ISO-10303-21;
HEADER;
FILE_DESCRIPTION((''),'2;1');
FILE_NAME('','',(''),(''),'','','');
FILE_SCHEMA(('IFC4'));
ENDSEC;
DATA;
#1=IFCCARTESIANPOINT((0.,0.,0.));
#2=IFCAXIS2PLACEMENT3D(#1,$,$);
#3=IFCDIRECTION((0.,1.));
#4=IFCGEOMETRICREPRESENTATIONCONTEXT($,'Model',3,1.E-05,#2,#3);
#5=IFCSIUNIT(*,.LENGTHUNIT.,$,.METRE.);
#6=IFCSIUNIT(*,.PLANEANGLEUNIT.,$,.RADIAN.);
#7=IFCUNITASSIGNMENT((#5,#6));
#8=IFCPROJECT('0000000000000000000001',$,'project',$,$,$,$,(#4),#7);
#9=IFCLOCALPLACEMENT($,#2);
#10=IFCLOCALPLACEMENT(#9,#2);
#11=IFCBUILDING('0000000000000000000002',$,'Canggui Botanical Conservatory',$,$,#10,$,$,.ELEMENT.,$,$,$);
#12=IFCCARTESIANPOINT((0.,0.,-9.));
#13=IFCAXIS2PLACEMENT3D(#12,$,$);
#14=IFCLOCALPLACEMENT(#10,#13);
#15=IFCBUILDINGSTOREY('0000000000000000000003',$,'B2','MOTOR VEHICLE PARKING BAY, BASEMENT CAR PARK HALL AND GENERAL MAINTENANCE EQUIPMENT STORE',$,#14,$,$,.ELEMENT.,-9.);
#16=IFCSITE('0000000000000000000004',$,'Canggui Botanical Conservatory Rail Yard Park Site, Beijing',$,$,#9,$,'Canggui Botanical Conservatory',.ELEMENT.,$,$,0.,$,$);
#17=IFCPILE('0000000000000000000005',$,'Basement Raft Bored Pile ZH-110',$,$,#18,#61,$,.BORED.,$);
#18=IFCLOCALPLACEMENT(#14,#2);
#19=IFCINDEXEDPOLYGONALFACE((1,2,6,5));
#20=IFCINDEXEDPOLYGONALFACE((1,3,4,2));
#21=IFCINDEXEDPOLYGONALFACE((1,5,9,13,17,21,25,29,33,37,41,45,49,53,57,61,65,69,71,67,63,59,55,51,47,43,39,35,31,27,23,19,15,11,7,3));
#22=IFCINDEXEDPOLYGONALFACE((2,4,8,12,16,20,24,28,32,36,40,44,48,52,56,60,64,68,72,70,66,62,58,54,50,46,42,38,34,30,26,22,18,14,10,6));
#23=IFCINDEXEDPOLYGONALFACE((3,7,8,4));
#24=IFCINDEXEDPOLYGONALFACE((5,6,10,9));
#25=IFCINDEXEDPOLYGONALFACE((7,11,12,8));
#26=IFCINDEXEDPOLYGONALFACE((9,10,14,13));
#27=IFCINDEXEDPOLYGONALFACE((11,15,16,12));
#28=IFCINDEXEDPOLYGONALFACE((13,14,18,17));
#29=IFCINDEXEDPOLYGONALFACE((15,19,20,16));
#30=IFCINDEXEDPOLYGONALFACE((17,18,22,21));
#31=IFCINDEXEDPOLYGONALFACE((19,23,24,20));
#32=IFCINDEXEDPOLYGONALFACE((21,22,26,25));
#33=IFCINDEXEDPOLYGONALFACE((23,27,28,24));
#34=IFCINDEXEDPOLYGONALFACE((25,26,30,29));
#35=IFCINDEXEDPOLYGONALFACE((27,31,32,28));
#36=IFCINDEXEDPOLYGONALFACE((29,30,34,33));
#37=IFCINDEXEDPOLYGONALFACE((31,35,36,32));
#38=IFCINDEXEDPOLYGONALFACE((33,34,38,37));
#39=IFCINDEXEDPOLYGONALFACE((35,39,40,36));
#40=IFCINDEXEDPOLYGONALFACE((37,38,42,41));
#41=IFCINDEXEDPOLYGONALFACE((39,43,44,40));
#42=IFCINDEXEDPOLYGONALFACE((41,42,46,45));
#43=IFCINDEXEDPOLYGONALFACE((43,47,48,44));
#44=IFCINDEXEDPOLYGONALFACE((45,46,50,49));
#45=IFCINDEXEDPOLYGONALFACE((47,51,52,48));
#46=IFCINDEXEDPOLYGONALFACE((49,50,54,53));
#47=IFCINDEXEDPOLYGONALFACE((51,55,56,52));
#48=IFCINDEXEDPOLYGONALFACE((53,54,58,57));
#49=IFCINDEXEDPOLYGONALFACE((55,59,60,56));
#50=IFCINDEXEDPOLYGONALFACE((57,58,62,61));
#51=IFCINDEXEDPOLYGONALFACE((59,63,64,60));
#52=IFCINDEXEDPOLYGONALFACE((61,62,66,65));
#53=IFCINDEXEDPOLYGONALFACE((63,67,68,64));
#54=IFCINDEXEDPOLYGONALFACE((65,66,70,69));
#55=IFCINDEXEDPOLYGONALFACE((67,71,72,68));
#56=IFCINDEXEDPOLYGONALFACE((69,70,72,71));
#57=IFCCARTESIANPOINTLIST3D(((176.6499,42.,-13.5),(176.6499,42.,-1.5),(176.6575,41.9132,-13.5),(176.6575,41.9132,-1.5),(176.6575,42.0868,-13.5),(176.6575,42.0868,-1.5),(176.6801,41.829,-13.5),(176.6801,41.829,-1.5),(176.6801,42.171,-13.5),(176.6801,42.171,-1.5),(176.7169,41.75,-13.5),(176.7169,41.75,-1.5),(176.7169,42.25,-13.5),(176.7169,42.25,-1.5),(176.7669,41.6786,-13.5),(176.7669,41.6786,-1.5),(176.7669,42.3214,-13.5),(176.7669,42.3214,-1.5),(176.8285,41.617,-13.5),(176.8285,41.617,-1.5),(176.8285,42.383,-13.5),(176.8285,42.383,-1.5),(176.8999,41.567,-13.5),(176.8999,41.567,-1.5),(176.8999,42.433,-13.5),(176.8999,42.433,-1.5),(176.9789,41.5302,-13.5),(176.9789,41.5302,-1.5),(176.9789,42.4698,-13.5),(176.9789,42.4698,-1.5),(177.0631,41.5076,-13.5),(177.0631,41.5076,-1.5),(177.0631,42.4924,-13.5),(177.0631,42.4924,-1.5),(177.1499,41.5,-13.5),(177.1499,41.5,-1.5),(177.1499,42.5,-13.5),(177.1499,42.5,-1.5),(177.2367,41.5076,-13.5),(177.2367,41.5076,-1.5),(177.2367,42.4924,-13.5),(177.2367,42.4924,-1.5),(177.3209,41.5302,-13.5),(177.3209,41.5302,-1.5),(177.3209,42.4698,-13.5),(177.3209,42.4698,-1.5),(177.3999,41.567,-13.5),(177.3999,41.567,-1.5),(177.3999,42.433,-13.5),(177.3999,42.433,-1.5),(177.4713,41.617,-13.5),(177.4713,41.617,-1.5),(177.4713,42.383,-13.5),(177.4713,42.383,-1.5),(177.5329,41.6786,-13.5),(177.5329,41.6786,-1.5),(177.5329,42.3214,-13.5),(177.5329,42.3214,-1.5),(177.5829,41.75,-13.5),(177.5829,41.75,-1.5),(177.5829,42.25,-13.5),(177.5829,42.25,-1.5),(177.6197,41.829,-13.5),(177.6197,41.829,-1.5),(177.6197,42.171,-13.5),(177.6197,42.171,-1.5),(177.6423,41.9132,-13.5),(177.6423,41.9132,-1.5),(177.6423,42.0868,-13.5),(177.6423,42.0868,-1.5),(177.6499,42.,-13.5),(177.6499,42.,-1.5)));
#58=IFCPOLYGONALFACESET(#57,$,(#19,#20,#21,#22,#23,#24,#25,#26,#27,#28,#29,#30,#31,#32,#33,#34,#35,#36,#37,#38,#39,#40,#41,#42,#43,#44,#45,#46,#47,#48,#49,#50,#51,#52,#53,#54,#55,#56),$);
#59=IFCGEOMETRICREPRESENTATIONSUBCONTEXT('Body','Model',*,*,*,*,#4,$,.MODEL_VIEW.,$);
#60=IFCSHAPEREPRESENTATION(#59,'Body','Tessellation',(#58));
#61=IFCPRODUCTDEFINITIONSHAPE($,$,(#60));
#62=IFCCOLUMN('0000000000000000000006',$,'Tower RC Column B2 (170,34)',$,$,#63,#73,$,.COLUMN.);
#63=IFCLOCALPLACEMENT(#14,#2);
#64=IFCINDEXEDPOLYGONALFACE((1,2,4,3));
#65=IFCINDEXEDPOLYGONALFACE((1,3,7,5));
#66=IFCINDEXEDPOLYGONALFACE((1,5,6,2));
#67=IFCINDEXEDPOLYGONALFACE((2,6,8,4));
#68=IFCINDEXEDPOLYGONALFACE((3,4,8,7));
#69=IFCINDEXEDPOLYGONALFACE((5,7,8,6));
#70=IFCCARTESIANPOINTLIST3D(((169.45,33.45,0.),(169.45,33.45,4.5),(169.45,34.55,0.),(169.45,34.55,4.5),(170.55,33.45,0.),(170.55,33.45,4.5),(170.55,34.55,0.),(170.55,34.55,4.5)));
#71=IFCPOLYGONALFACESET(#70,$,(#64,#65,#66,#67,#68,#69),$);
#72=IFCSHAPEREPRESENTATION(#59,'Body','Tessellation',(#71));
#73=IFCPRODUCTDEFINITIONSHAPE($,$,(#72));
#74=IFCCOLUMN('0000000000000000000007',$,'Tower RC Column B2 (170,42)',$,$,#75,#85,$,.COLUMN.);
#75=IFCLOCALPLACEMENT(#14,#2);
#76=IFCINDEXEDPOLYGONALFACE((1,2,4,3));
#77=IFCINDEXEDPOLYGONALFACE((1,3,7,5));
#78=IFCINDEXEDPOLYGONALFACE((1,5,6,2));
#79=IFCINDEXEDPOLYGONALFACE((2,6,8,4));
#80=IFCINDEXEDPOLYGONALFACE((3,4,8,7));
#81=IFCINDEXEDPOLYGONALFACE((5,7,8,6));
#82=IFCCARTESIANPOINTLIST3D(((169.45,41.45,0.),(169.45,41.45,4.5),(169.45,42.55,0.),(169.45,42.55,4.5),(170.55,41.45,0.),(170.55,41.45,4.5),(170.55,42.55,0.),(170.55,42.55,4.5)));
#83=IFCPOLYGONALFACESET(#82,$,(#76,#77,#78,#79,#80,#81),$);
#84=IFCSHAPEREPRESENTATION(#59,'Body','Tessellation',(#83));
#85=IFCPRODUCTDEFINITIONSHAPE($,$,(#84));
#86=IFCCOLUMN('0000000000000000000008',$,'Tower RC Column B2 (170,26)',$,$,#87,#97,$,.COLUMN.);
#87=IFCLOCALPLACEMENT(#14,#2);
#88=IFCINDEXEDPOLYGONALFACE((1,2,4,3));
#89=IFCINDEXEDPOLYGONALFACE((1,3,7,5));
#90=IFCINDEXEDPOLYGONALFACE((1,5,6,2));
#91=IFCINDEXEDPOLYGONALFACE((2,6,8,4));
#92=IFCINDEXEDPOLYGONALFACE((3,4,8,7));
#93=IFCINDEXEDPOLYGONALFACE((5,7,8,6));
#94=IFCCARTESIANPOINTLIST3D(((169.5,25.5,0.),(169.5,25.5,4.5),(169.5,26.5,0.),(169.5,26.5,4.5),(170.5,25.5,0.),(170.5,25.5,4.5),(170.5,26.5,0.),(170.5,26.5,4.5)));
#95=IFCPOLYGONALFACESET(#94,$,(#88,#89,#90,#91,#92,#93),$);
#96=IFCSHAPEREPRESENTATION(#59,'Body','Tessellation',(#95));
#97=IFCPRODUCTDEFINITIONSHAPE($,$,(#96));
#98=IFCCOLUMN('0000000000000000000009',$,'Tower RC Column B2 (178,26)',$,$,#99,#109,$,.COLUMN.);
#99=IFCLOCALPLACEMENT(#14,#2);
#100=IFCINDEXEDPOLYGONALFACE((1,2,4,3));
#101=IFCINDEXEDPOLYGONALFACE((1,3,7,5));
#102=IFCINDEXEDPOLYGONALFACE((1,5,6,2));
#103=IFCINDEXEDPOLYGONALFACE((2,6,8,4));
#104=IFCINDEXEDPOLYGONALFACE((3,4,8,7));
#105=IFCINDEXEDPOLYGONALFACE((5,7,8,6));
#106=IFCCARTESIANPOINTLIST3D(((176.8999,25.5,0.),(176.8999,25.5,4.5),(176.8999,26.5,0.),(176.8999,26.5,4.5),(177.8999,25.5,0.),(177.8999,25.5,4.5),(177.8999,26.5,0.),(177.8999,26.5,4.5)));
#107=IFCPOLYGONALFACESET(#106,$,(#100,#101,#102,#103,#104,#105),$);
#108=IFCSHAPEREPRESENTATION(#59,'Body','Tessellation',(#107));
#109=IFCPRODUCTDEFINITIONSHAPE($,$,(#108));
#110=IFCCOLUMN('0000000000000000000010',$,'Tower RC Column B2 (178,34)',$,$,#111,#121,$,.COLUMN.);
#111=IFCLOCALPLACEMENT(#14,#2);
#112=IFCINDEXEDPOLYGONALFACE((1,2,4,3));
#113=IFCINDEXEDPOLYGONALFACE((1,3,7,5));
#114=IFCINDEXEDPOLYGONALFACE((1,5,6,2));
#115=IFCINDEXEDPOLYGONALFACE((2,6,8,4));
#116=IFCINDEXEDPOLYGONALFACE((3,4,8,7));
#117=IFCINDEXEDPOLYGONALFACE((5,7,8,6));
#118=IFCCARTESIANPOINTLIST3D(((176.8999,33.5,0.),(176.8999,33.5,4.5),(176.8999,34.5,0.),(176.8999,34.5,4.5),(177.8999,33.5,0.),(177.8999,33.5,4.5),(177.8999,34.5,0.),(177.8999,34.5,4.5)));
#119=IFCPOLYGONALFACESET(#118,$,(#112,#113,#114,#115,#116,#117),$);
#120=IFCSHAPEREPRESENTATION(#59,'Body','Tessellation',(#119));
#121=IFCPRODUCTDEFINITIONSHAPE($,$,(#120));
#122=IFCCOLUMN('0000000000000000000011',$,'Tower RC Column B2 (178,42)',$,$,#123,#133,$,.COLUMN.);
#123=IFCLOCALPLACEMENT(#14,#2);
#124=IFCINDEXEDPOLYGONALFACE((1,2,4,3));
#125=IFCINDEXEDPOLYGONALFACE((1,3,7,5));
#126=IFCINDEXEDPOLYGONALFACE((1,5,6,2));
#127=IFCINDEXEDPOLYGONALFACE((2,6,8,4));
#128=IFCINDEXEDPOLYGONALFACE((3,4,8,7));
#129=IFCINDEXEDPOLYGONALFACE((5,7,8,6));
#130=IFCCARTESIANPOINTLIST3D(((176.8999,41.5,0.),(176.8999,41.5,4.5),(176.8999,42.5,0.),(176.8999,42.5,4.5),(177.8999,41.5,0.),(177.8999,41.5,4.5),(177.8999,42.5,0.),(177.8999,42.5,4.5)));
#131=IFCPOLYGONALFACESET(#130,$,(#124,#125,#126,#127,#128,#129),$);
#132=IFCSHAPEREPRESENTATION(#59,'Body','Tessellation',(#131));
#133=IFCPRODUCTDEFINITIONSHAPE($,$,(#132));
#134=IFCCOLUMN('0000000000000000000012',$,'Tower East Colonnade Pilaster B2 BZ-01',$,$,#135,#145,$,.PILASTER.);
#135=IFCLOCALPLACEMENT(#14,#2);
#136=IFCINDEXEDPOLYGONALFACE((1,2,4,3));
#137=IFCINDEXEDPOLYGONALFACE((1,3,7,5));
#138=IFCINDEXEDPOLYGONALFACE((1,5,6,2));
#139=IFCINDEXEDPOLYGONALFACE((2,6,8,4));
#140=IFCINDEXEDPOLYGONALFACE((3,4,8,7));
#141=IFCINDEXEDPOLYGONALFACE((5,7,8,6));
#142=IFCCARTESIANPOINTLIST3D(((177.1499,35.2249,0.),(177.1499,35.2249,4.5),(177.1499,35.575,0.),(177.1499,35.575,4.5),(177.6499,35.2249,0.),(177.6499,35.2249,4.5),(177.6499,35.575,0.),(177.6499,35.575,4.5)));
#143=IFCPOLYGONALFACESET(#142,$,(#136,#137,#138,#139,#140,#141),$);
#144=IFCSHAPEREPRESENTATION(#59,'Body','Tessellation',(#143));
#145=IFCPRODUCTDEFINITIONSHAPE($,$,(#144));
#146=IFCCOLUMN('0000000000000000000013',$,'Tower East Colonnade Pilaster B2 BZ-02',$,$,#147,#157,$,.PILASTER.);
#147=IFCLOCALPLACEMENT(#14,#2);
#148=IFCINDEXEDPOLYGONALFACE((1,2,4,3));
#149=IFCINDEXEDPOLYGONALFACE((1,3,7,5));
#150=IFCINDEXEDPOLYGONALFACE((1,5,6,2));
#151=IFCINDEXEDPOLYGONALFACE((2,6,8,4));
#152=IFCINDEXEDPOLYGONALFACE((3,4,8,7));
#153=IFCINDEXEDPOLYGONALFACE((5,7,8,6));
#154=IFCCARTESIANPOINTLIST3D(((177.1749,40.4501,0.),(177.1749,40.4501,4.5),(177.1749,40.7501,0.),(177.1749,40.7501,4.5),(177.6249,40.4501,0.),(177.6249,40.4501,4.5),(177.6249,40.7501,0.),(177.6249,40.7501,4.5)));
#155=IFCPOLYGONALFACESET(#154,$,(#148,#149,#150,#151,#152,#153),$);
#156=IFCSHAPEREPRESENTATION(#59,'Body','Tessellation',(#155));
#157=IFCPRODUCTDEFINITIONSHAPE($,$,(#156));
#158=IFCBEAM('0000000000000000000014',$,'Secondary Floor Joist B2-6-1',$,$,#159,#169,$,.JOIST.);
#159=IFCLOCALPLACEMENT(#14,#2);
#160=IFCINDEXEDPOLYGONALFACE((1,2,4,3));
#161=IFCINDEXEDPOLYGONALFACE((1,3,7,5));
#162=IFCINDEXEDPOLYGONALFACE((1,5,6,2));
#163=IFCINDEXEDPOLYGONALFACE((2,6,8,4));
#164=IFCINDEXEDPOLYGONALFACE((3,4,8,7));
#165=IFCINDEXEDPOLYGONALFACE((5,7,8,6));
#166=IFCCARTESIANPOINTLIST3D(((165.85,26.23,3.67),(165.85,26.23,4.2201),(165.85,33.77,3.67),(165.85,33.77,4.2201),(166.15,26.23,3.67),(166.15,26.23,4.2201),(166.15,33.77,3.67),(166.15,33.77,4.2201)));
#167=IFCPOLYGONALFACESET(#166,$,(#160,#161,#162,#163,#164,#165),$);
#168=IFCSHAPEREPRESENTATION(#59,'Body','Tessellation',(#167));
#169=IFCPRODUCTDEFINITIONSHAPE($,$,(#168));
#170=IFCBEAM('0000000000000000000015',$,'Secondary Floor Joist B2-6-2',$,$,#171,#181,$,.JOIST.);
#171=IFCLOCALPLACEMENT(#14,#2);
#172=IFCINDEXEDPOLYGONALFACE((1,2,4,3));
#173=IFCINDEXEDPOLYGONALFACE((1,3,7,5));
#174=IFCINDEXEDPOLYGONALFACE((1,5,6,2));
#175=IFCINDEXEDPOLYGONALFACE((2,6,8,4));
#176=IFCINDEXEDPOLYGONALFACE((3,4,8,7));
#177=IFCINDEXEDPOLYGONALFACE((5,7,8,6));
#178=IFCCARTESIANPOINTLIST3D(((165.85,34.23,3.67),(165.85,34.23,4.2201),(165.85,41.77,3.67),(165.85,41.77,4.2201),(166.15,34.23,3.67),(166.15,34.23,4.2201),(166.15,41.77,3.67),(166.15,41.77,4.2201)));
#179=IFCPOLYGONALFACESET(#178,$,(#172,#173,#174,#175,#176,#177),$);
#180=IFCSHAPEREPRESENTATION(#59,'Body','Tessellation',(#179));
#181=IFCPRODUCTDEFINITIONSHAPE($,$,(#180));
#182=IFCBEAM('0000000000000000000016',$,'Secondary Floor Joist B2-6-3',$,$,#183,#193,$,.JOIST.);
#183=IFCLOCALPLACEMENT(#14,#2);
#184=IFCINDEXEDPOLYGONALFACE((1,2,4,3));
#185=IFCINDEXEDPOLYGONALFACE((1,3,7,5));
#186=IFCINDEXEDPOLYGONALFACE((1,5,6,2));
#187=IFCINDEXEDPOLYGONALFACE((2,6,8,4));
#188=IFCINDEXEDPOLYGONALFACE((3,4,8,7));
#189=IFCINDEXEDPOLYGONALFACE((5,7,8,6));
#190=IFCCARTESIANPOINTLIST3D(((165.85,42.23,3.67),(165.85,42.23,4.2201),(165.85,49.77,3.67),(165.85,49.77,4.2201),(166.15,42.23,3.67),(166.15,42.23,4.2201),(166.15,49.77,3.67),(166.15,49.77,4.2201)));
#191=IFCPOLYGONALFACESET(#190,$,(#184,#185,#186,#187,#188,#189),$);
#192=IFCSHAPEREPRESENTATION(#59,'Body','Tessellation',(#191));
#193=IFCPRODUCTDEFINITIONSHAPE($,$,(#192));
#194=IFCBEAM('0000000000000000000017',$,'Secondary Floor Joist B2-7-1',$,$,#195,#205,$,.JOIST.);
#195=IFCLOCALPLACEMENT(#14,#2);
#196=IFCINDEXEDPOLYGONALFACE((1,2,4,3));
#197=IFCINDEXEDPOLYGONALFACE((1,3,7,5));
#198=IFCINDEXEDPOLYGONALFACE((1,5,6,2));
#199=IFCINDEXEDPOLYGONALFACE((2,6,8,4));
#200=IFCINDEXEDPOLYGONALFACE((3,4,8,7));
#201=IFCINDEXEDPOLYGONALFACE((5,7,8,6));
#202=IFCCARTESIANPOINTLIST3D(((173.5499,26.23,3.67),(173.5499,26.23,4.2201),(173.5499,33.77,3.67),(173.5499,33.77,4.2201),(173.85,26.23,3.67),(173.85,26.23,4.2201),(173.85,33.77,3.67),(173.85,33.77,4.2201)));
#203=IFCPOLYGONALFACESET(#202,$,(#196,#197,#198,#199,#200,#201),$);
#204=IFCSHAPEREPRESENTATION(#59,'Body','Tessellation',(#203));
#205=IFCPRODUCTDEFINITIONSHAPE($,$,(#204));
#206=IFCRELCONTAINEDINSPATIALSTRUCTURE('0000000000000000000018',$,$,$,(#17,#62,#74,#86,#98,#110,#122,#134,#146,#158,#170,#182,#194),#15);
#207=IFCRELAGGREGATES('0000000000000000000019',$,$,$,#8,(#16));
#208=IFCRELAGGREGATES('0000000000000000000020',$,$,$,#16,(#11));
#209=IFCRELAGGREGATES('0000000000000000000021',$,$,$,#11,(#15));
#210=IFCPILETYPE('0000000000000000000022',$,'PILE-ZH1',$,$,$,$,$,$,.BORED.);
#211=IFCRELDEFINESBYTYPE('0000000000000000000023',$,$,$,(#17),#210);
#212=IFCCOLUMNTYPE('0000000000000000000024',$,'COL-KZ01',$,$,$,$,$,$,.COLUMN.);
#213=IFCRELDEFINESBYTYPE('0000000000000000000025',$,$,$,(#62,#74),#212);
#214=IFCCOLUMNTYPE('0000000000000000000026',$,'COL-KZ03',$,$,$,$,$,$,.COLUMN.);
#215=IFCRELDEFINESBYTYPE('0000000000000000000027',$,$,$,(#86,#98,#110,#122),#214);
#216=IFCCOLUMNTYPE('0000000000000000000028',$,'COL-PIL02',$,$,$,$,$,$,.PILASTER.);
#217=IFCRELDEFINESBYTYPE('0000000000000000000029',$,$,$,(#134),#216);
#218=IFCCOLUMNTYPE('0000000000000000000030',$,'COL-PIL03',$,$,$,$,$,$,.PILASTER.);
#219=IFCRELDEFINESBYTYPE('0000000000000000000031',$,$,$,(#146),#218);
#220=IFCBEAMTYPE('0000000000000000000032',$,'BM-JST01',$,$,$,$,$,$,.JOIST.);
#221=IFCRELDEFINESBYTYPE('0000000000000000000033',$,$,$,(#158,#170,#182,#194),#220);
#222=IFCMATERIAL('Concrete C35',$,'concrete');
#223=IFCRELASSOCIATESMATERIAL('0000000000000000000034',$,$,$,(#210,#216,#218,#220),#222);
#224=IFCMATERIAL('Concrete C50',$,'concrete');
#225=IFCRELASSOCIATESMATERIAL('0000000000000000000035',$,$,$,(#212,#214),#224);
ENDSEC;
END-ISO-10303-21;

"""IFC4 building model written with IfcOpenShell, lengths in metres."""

from ifc_helpers import new_model, si_unit, direction, frame, origin, origin_2d, place, context, subcontext, project, spatial, rectangle, circle, extrude, material, material_profile, profile_set, type_object, element, save


model = new_model("IFC4")

# Units and contexts
model_context = context("Model", 3, precision=1e-05, world=origin(), true_north=direction((0.0, 1.0)))
body_context = subcontext(model_context, "Body", "Model", "MODEL_VIEW")
ifc_project = project(units=[si_unit("LENGTHUNIT", "METRE"), si_unit("PLANEANGLEUNIT", "RADIAN")], contexts=[model_context])

# Site, building, storey
site_placement = place(None, origin())
site = spatial("IfcSite", under=ifc_project, at=site_placement, Name="Canggui Botanical Conservatory Rail Yard Park Site, Beijing", LongName="Canggui Botanical Conservatory", CompositionType="ELEMENT", RefElevation=0.0)
building_placement = place(site_placement, origin())
building = spatial("IfcBuilding", under=site, at=building_placement, Name="Canggui Botanical Conservatory", CompositionType="ELEMENT")
storey_placement = place(building_placement, frame((0.0, 0.0, -9.0)))
storey = spatial("IfcBuildingStorey", under=building, at=storey_placement, Name="B2", Description="MOTOR VEHICLE PARKING BAY, BASEMENT CAR PARK HALL AND GENERAL MAINTENANCE EQUIPMENT STORE", CompositionType="ELEMENT", Elevation=-9.0)

# Pile
ifc_material_1 = material(Name="Concrete C35", Category="concrete")
ifc_material_profile_1 = material_profile(ifc_material_1, circle(Radius=0.5, at=origin_2d()), Name="PILE D1000")
ifc_profile_set_1 = profile_set([ifc_material_profile_1], Name="Concrete C35")
pile_type = type_object("IfcPileType", Name="PILE-ZH1", PredefinedType="BORED", material=ifc_profile_set_1)
for number, where, z_axis, x_axis, name in (
    (1, (177.1499, 42.0, -1.5), (0.0, 0.0, -1.0), (1.0, 0.0, 0.0), "Basement Raft Bored Pile ZH-110"),
):
    element("IfcPile", number, at=place(storey_placement, frame(where, z_axis=z_axis, x_axis=x_axis)), inside=storey, type_object=pile_type, Name=name, PredefinedType="BORED", context=body_context, shape_type="SweptSolid", body=[
        extrude(circle(Radius=0.5, at=origin_2d()), origin(), (0.0, 0.0, 1.0), 12.0),
    ])

# Columns
ifc_material_2 = material(Name="Concrete C50", Category="concrete")
ifc_material_profile_2 = material_profile(ifc_material_2, rectangle(XDim=1.1001, YDim=1.1001, at=origin_2d()), Name="RC 1100x1100")
ifc_profile_set_2 = profile_set([ifc_material_profile_2], Name="Concrete C50")
column_type_1 = type_object("IfcColumnType", Name="COL-KZ01", PredefinedType="COLUMN", material=ifc_profile_set_2)
for number, where, z_axis, x_axis, name in (
    (2, (170.0, 34.0, 0.0), (0.0, 0.0, 1.0), (1.0, 0.0, 0.0), "Tower RC Column B2 (170,34)"),
    (3, (170.0, 42.0, 0.0), (0.0, 0.0, 1.0), (1.0, 0.0, 0.0), "Tower RC Column B2 (170,42)"),
):
    element("IfcColumn", number, at=place(storey_placement, frame(where, z_axis=z_axis, x_axis=x_axis)), inside=storey, type_object=column_type_1, Name=name, PredefinedType="COLUMN", context=body_context, shape_type="SweptSolid", body=[
        extrude(rectangle(XDim=1.1001, YDim=1.1001, at=origin_2d()), origin(), (0.0, 0.0, 1.0), 4.5),
    ])
ifc_material_profile_3 = material_profile(ifc_material_2, rectangle(XDim=1.0, YDim=1.0, at=origin_2d()), Name="RC 1000x1000")
ifc_profile_set_3 = profile_set([ifc_material_profile_3], Name="Concrete C50")
column_type_2 = type_object("IfcColumnType", Name="COL-KZ03", PredefinedType="COLUMN", material=ifc_profile_set_3)
for number, where, z_axis, x_axis, name in (
    (4, (170.0, 26.0, 0.0), (0.0, 0.0, 1.0), (1.0, 0.0, 0.0), "Tower RC Column B2 (170,26)"),
    (5, (177.3999, 26.0, 0.0), (0.0, 0.0, 1.0), (1.0, 0.0, 0.0), "Tower RC Column B2 (178,26)"),
    (6, (177.3999, 34.0, 0.0), (0.0, 0.0, 1.0), (1.0, 0.0, 0.0), "Tower RC Column B2 (178,34)"),
    (7, (177.3999, 42.0, 0.0), (0.0, 0.0, 1.0), (1.0, 0.0, 0.0), "Tower RC Column B2 (178,42)"),
):
    element("IfcColumn", number, at=place(storey_placement, frame(where, z_axis=z_axis, x_axis=x_axis)), inside=storey, type_object=column_type_2, Name=name, PredefinedType="COLUMN", context=body_context, shape_type="SweptSolid", body=[
        extrude(rectangle(XDim=1.0, YDim=1.0, at=origin_2d()), origin(), (0.0, 0.0, 1.0), 4.5),
    ])
ifc_material_profile_4 = material_profile(ifc_material_1, rectangle(XDim=0.3501, YDim=0.5, at=origin_2d()), Name="RC 350x500")
ifc_profile_set_4 = profile_set([ifc_material_profile_4], Name="Concrete C35")
column_type_3 = type_object("IfcColumnType", Name="COL-PIL02", PredefinedType="PILASTER", material=ifc_profile_set_4)
column_1_placement = place(storey_placement, frame((177.3999, 35.3999, 0.0), z_axis=(0.0, 0.0, 1.0), x_axis=(0.0, 1.0, 0.0)))
element("IfcColumn", 8, at=column_1_placement, inside=storey, type_object=column_type_3, Name="Tower East Colonnade Pilaster B2 BZ-01", PredefinedType="PILASTER", context=body_context, shape_type="SweptSolid", body=[
    extrude(rectangle(XDim=0.3501, YDim=0.5, at=origin_2d()), origin(), (0.0, 0.0, 1.0), 4.5),
])
ifc_material_profile_5 = material_profile(ifc_material_1, rectangle(XDim=0.3, YDim=0.45, at=origin_2d()), Name="RC 300x450")
ifc_profile_set_5 = profile_set([ifc_material_profile_5], Name="Concrete C35")
column_type_4 = type_object("IfcColumnType", Name="COL-PIL03", PredefinedType="PILASTER", material=ifc_profile_set_5)
column_2_placement = place(storey_placement, frame((177.3999, 40.6001, 0.0), z_axis=(0.0, 0.0, 1.0), x_axis=(0.0, 1.0, 0.0)))
element("IfcColumn", 9, at=column_2_placement, inside=storey, type_object=column_type_4, Name="Tower East Colonnade Pilaster B2 BZ-02", PredefinedType="PILASTER", context=body_context, shape_type="SweptSolid", body=[
    extrude(rectangle(XDim=0.3, YDim=0.45, at=origin_2d()), origin(), (0.0, 0.0, 1.0), 4.5),
])

# Beams
ifc_material_profile_6 = material_profile(ifc_material_1, rectangle(XDim=0.3, YDim=0.55, at=origin_2d()), Name="RB 300x550")
ifc_profile_set_6 = profile_set([ifc_material_profile_6], Name="Concrete C35")
beam_type_1 = type_object("IfcBeamType", Name="BM-JST01", PredefinedType="JOIST", material=ifc_profile_set_6)
for number, where, z_axis, x_axis, name in (
    (10, (166.0, 26.23, 3.9451), (0.0, 1.0, 0.0), (-1.0, 0.0, 0.0), "Secondary Floor Joist B2-6-1"),
    (11, (166.0, 34.23, 3.9451), (0.0, 1.0, 0.0), (-1.0, 0.0, 0.0), "Secondary Floor Joist B2-6-2"),
    (12, (166.0, 42.23, 3.9451), (0.0, 1.0, 0.0), (-1.0, 0.0, 0.0), "Secondary Floor Joist B2-6-3"),
    (13, (173.7, 26.23, 3.9451), (0.0, 1.0, 0.0), (-1.0, 0.0, 0.0), "Secondary Floor Joist B2-7-1"),
):
    element("IfcBeam", number, at=place(storey_placement, frame(where, z_axis=z_axis, x_axis=x_axis)), inside=storey, type_object=beam_type_1, Name=name, PredefinedType="JOIST", context=body_context, shape_type="SweptSolid", body=[
        extrude(rectangle(XDim=0.3, YDim=0.55, at=origin_2d()), origin(), (0.0, 0.0, 1.0), 7.54),
    ])

save(model, "model.ifc")
